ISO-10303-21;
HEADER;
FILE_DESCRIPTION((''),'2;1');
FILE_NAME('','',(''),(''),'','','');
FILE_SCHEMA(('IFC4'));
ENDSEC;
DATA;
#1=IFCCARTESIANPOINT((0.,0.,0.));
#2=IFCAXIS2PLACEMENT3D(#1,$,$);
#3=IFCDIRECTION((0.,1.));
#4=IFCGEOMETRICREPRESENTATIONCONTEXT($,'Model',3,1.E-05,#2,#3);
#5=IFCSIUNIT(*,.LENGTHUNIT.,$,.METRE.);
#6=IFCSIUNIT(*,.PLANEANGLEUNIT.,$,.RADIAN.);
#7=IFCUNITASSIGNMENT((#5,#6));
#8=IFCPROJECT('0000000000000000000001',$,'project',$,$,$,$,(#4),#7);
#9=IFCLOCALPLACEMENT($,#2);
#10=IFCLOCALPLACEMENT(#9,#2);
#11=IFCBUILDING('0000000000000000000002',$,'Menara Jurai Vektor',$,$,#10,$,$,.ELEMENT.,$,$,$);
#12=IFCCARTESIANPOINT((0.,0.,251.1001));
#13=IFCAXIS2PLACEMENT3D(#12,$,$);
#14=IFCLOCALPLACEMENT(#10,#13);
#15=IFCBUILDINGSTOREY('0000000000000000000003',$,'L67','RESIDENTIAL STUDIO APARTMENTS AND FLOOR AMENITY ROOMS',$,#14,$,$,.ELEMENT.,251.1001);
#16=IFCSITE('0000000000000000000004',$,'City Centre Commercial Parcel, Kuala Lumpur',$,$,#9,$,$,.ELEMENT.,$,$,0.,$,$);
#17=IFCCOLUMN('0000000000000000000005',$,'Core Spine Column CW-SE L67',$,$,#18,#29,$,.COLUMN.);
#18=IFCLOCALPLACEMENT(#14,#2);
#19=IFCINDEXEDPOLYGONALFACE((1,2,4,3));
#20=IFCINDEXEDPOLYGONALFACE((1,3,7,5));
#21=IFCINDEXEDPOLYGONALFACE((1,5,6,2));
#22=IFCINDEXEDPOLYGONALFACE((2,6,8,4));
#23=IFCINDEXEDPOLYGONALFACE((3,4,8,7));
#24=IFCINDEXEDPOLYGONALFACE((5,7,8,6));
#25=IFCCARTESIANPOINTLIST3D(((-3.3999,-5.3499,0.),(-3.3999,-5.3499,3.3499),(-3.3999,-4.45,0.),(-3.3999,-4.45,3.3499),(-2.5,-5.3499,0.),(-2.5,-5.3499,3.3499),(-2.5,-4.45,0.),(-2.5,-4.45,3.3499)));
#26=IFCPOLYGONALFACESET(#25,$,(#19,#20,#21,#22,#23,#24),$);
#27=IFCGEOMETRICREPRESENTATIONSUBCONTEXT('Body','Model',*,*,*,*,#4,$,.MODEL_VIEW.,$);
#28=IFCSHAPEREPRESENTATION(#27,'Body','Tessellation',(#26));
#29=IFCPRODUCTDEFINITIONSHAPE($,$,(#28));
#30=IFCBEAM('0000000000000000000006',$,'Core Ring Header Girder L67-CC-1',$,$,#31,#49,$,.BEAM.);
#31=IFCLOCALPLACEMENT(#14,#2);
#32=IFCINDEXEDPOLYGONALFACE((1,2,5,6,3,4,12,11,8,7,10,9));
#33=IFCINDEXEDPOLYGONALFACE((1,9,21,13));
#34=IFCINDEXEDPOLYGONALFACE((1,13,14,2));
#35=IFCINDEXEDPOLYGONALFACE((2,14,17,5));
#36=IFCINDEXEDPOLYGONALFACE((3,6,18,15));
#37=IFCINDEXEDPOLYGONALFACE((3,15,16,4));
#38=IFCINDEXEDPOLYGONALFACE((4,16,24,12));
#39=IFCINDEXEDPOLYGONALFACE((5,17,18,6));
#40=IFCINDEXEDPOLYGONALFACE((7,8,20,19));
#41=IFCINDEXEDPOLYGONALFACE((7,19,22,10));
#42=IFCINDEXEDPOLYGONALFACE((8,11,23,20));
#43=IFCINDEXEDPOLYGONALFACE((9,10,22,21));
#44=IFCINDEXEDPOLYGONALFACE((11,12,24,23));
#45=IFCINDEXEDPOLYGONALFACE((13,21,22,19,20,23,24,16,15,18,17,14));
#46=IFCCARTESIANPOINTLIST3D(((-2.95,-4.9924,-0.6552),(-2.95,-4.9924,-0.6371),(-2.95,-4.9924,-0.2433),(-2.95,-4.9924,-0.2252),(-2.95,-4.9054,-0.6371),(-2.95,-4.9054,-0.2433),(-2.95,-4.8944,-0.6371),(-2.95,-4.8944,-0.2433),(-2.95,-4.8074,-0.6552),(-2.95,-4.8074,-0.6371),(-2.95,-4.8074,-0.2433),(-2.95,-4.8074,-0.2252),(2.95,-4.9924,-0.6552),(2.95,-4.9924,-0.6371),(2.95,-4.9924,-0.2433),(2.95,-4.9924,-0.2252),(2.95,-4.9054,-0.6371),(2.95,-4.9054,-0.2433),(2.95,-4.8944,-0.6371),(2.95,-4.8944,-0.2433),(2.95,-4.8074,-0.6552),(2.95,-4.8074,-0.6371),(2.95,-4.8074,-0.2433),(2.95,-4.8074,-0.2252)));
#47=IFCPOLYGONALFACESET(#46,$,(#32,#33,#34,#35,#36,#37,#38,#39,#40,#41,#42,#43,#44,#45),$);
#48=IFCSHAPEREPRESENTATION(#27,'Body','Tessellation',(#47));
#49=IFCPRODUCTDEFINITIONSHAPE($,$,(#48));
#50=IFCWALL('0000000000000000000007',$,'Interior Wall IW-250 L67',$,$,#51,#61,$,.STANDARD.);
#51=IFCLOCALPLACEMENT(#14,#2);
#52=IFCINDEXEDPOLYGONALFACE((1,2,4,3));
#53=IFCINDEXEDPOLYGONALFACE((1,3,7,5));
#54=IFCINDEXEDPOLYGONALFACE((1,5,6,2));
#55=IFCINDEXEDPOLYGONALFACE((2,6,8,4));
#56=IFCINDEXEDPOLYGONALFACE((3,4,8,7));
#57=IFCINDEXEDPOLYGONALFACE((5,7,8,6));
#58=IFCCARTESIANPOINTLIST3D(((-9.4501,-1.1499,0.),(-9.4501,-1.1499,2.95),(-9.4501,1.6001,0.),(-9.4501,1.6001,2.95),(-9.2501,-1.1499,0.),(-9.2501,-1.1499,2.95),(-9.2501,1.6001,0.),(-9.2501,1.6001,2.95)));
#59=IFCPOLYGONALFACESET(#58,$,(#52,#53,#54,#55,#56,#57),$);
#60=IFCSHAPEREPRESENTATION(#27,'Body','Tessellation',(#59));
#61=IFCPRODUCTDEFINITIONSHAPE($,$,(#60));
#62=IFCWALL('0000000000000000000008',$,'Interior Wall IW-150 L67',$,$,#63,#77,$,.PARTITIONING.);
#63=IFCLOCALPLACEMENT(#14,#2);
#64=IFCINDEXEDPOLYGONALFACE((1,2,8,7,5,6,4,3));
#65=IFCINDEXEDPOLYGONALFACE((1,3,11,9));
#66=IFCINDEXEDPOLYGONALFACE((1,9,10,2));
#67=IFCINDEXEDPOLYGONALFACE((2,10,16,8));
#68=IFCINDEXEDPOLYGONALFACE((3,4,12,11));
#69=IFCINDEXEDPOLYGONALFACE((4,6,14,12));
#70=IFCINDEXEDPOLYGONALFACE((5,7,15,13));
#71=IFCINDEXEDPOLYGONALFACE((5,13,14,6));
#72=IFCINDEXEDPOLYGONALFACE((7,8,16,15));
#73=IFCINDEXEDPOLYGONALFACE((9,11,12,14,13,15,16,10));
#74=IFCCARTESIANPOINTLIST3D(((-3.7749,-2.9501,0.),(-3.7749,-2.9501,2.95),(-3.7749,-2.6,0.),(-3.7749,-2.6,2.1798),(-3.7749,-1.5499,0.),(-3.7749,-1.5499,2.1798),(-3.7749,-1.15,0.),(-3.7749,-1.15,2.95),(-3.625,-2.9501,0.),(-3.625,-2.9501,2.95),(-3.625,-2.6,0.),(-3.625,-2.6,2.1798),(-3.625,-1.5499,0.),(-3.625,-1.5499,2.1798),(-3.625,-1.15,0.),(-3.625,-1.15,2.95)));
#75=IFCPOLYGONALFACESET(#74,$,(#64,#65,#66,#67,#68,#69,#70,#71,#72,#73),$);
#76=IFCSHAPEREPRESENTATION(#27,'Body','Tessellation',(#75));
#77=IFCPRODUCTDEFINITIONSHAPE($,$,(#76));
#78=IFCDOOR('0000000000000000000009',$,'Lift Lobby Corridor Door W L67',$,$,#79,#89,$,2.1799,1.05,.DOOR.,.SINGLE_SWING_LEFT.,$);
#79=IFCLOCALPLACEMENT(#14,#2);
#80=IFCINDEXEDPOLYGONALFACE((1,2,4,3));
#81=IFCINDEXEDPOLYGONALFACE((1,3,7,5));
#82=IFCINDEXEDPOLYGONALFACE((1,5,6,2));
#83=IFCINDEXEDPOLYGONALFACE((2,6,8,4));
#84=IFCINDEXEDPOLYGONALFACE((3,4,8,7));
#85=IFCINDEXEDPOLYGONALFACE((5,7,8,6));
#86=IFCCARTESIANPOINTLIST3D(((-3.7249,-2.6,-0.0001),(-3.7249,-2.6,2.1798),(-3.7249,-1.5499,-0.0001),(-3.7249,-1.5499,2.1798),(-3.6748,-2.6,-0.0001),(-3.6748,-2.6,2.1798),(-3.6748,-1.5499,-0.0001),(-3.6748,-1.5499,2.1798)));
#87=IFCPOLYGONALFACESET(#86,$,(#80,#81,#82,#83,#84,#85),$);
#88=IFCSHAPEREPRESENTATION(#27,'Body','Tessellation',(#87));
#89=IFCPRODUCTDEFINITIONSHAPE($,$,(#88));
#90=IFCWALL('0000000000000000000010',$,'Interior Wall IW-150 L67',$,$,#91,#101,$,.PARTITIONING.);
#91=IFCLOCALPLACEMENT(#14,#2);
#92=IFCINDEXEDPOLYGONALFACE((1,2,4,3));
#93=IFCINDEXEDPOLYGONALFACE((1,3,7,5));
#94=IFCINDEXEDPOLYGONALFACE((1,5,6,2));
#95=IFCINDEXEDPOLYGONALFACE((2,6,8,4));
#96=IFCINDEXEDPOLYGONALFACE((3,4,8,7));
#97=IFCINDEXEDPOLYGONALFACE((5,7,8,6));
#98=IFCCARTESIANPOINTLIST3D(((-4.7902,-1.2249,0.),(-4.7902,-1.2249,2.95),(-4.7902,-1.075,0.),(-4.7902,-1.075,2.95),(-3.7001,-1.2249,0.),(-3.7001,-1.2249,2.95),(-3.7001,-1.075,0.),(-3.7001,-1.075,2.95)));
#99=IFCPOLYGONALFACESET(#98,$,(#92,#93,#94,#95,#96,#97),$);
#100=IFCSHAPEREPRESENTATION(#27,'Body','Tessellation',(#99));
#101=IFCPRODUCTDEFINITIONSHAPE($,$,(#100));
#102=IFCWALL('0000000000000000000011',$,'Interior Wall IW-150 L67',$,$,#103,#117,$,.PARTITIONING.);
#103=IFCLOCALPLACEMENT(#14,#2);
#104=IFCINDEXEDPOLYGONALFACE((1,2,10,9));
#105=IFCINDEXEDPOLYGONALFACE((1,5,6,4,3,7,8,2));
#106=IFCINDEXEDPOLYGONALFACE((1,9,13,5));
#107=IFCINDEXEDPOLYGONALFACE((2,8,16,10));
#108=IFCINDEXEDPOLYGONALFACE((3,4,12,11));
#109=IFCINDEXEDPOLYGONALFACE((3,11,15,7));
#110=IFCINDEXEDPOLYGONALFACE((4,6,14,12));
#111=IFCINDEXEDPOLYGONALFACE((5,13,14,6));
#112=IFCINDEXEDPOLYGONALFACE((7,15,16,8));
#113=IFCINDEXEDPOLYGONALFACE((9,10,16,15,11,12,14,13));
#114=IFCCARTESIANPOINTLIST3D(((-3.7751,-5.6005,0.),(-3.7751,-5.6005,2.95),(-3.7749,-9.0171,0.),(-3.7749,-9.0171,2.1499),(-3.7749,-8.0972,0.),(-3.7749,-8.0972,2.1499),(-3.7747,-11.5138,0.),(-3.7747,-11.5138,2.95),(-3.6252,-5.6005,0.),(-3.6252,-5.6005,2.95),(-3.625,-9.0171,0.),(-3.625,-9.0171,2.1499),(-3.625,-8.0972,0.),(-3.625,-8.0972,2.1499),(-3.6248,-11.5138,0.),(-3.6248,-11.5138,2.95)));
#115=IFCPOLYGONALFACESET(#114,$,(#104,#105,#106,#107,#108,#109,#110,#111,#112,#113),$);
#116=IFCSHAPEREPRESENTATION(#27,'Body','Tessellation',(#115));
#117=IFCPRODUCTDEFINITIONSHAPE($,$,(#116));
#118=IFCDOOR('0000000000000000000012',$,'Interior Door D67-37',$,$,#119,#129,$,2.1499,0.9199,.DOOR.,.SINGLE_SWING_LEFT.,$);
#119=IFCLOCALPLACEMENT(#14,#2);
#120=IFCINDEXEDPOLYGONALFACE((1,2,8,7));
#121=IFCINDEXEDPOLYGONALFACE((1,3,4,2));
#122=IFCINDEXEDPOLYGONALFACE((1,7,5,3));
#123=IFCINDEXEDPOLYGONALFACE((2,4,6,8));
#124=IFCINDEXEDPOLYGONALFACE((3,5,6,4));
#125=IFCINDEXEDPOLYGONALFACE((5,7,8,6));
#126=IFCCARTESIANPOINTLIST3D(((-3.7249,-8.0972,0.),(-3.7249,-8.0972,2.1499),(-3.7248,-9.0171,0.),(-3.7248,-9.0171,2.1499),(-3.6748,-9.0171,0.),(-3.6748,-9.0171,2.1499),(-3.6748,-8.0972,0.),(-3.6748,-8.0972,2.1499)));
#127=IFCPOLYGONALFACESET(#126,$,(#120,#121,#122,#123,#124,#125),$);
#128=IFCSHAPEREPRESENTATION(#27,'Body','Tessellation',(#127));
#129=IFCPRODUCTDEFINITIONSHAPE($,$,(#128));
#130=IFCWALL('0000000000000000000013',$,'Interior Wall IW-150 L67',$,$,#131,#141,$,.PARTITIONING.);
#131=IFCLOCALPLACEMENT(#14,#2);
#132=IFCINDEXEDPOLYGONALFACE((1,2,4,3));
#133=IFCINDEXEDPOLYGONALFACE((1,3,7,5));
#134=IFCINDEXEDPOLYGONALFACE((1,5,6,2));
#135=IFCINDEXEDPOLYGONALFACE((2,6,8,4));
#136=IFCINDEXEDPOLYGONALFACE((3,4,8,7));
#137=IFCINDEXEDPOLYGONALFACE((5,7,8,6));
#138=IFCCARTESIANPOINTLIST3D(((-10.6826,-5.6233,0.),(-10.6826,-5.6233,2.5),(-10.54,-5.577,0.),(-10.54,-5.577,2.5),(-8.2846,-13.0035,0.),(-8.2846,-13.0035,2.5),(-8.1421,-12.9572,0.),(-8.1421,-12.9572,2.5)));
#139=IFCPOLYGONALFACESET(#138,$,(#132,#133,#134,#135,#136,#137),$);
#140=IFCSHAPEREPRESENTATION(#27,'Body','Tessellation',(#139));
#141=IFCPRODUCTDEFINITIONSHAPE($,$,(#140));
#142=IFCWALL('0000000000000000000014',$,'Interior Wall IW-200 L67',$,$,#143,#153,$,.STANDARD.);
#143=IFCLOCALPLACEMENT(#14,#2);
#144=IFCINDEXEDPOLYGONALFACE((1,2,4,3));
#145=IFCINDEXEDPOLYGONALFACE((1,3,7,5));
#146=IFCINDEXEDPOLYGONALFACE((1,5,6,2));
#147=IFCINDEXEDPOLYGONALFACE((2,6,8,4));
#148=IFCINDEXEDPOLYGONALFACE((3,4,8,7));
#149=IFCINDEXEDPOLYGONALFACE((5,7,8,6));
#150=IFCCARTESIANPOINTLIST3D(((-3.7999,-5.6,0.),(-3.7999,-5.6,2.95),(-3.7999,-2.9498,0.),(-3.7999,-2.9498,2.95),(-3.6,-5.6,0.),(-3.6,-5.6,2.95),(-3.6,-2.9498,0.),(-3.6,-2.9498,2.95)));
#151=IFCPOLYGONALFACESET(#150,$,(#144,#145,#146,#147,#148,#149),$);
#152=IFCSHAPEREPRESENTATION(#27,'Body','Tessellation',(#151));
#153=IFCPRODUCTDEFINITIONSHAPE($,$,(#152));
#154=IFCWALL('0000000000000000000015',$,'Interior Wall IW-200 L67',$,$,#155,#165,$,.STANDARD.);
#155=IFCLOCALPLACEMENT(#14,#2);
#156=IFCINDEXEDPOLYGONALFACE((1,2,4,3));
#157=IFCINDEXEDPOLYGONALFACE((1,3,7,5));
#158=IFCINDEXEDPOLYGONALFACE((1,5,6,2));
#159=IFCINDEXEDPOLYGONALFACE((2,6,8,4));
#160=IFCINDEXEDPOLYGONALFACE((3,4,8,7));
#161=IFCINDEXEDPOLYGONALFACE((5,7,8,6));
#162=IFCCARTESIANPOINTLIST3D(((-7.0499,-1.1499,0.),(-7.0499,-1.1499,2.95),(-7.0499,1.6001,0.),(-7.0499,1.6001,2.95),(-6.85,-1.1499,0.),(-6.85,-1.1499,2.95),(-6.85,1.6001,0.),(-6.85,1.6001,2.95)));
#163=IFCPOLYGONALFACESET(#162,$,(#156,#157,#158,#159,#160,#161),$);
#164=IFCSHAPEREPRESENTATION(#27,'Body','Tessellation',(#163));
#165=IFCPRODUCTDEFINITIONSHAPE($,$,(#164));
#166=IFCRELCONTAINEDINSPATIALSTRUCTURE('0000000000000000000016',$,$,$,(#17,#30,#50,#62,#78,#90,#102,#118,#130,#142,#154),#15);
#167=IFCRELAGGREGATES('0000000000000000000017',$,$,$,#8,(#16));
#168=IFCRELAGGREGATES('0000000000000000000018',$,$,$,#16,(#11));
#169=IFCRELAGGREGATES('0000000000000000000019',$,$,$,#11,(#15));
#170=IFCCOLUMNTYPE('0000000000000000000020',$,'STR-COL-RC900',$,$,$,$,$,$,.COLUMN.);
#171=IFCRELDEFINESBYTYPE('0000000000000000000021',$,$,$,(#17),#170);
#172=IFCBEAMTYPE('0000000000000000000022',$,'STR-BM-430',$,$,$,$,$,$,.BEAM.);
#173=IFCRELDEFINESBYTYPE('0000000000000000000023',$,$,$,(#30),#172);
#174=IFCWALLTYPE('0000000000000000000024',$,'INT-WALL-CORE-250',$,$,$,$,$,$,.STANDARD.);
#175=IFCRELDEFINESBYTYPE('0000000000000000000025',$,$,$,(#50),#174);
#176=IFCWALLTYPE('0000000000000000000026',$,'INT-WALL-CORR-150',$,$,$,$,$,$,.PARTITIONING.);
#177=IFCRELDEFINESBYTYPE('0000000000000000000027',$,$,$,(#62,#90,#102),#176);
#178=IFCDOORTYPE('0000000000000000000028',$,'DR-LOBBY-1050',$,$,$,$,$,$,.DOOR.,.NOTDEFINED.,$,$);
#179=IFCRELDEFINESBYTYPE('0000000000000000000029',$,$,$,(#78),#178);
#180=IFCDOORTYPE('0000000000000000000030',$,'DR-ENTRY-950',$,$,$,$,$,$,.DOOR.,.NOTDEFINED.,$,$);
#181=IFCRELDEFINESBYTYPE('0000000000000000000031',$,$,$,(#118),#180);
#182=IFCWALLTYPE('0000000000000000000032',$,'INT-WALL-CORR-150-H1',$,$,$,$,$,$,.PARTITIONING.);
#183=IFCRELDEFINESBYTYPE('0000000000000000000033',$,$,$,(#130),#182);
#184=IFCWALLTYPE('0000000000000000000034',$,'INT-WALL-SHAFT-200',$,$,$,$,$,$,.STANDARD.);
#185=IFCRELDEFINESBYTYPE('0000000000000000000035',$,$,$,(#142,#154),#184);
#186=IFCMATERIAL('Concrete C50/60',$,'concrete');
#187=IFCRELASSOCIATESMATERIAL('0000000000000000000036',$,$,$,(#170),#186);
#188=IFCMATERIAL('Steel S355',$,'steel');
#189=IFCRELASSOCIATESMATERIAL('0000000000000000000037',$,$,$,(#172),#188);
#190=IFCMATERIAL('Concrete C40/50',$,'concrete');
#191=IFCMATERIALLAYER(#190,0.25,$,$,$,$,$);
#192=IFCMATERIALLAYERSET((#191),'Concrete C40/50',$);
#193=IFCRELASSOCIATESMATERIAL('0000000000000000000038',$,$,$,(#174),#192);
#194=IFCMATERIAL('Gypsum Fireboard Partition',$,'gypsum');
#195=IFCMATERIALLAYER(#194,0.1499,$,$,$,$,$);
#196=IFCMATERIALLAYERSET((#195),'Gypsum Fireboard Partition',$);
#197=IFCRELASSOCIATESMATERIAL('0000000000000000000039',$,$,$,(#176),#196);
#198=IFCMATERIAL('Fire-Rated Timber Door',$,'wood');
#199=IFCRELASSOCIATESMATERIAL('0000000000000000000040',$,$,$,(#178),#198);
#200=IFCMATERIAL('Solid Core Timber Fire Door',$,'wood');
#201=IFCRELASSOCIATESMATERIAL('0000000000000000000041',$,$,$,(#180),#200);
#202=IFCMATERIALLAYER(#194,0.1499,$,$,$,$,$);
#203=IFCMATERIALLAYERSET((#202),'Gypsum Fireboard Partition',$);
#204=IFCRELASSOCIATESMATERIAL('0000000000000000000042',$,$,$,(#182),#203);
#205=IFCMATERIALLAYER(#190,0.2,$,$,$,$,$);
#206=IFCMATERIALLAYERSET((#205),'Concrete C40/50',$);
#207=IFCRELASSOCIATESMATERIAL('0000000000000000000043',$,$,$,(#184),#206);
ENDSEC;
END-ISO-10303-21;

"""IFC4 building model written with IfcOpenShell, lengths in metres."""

from ifc_helpers import new_model, si_unit, direction, frame, frame_2d, origin, origin_2d, place, context, subcontext, project, spatial, rectangle, i_section, extrude, material, layer, layer_set, material_profile, profile_set, type_object, element, fill, save


model = new_model("IFC4")

# Units and contexts
model_context = context("Model", 3, precision=1e-05, world=origin(), true_north=direction((0.0, 1.0)))
body_context = subcontext(model_context, "Body", "Model", "MODEL_VIEW")
ifc_project = project(units=[si_unit("LENGTHUNIT", "METRE"), si_unit("PLANEANGLEUNIT", "RADIAN")], contexts=[model_context])

# Site, building, storey
site_placement = place(None, origin())
site = spatial("IfcSite", under=ifc_project, at=site_placement, Name="City Centre Commercial Parcel, Kuala Lumpur", CompositionType="ELEMENT", RefElevation=0.0)
building_placement = place(site_placement, origin())
building = spatial("IfcBuilding", under=site, at=building_placement, Name="Menara Jurai Vektor", CompositionType="ELEMENT")
storey_placement = place(building_placement, frame((0.0, 0.0, 251.1001)))
storey = spatial("IfcBuildingStorey", under=building, at=storey_placement, Name="L67", Description="RESIDENTIAL STUDIO APARTMENTS AND FLOOR AMENITY ROOMS", CompositionType="ELEMENT", Elevation=251.1001)

# Column
ifc_material_1 = material(Name="Concrete C50/60", Category="concrete")
ifc_material_profile_1 = material_profile(ifc_material_1, rectangle(XDim=0.8999, YDim=0.8999, at=origin_2d()), Name="RC 900x900")
ifc_profile_set_1 = profile_set([ifc_material_profile_1], Name="Concrete C50/60")
column_type = type_object("IfcColumnType", Name="STR-COL-RC900", PredefinedType="COLUMN", material=ifc_profile_set_1)
column_placement = place(storey_placement, frame((-2.95, -4.8999, 0.0), z_axis=(0.0, 0.0, 1.0), x_axis=(1.0, 0.0, 0.0)))
element("IfcColumn", 1, at=column_placement, inside=storey, type_object=column_type, Name="Core Spine Column CW-SE L67", PredefinedType="COLUMN", context=body_context, shape_type="SweptSolid", body=[
    extrude(rectangle(XDim=0.8999, YDim=0.8999, at=origin_2d()), origin(), (0.0, 0.0, 1.0), 3.3499),
])

# Beam
ifc_material_2 = material(Name="Steel S355", Category="steel")
ifc_material_profile_2 = material_profile(ifc_material_2, i_section(OverallWidth=0.1851, OverallDepth=0.4299, WebThickness=0.011, FlangeThickness=0.0181, at=origin_2d()), Name="PG 430x185x76")
ifc_profile_set_2 = profile_set([ifc_material_profile_2], Name="Steel S355")
beam_type = type_object("IfcBeamType", Name="STR-BM-430", PredefinedType="BEAM", material=ifc_profile_set_2)
beam_placement = place(storey_placement, frame((-2.95, -4.8999, -0.4402), z_axis=(1.0, 0.0, 0.0), x_axis=(0.0, 1.0, 0.0)))
element("IfcBeam", 2, at=beam_placement, inside=storey, type_object=beam_type, Name="Core Ring Header Girder L67-CC-1", PredefinedType="BEAM", context=body_context, shape_type="SweptSolid", body=[
    extrude(i_section(OverallWidth=0.1851, OverallDepth=0.4299, WebThickness=0.011, FlangeThickness=0.0181, at=origin_2d()), origin(), (0.0, 0.0, 1.0), 5.8999),
])

# Wall
ifc_material_3 = material(Name="Concrete C40/50", Category="concrete")
ifc_layer_1 = layer(ifc_material_3, 0.25)
ifc_layer_set_1 = layer_set([ifc_layer_1], Name="Concrete C40/50")
wall_type_1 = type_object("IfcWallType", Name="INT-WALL-CORE-250", PredefinedType="STANDARD", material=ifc_layer_set_1)
wall_1_placement = place(storey_placement, frame((-9.3501, -1.1499, 0.0), z_axis=(0.0, 0.0, 1.0), x_axis=(0.0, 1.0, 0.0)))
element("IfcWall", 3, at=wall_1_placement, inside=storey, type_object=wall_type_1, Name="Interior Wall IW-250 L67", PredefinedType="STANDARD", context=body_context, shape_type="SweptSolid", body=[
    extrude(rectangle(XDim=2.75, YDim=0.2, at=frame_2d((1.375, 0.0))), origin(), (0.0, 0.0, 1.0), 2.95),
])

# Wall, opening, door
ifc_material_4 = material(Name="Gypsum Fireboard Partition", Category="gypsum")
ifc_layer_2 = layer(ifc_material_4, 0.1499)
ifc_layer_set_2 = layer_set([ifc_layer_2], Name="Gypsum Fireboard Partition")
wall_type_2 = type_object("IfcWallType", Name="INT-WALL-CORR-150", PredefinedType="PARTITIONING", material=ifc_layer_set_2)
wall_2_placement = place(storey_placement, frame((-3.7, -2.95, 0.0), z_axis=(0.0, 0.0, 1.0), x_axis=(0.0, 1.0, 0.0)))
wall_2 = element("IfcWall", 4, at=wall_2_placement, inside=storey, type_object=wall_type_2, Name="Interior Wall IW-150 L67", PredefinedType="PARTITIONING", context=body_context, shape_type="SweptSolid", body=[
    extrude(rectangle(XDim=1.8, YDim=0.1499, at=frame_2d((0.8999, 0.0))), origin(), (0.0, 0.0, 1.0), 2.95),
])
opening_1_placement = place(wall_2_placement, frame((0.3501, 0.0, 0.0)))
opening_1 = element("IfcOpeningElement", 5, at=opening_1_placement, cuts=wall_2, PredefinedType="OPENING", context=body_context, shape_type="SweptSolid", body=[
    extrude(rectangle(XDim=1.05, YDim=2.1799, at=frame_2d((0.5249, 1.0898))), frame((0.0, 0.085, 0.0), z_axis=(0.0, -1.0, 0.0), x_axis=(1.0, 0.0, 0.0)), (0.0, 0.0, 1.0), 0.1699),
])
ifc_material_5 = material(Name="Fire-Rated Timber Door", Category="wood")
door_type_1 = type_object("IfcDoorType", Name="DR-LOBBY-1050", OperationType="NOTDEFINED", PredefinedType="DOOR", material=ifc_material_5)
door_1_placement = place(opening_1_placement, origin())
door_1 = element("IfcDoor", 6, at=door_1_placement, inside=storey, type_object=door_type_1, Name="Lift Lobby Corridor Door W L67", OperationType="SINGLE_SWING_LEFT", OverallHeight=2.1799, OverallWidth=1.05, PredefinedType="DOOR", context=body_context, shape_type="SweptSolid", body=[
    extrude(rectangle(XDim=1.05, YDim=2.1799, at=frame_2d((0.5249, 1.0898))), frame((0.0, 0.0249, 0.0), z_axis=(0.0, -1.0, 0.0), x_axis=(1.0, 0.0, 0.0)), (0.0, 0.0, 1.0), 0.05),
])
fill(opening_1, door_1)

# Wall
wall_3_placement = place(storey_placement, frame((-4.79, -1.1499, 0.0), z_axis=(0.0, 0.0, 1.0), x_axis=(1.0, 0.0, 0.0)))
element("IfcWall", 7, at=wall_3_placement, inside=storey, type_object=wall_type_2, Name="Interior Wall IW-150 L67", PredefinedType="PARTITIONING", context=body_context, shape_type="SweptSolid", body=[
    extrude(rectangle(XDim=1.0901, YDim=0.1499, at=frame_2d((0.5449, 0.0))), origin(), (0.0, 0.0, 1.0), 2.95),
])

# Wall, opening, door
wall_4_placement = place(storey_placement, frame((-3.6997, -11.5137, 0.0), z_axis=(0.0, 0.0, 1.0), x_axis=(-0.000083, 1.0, 0.0)))
wall_4 = element("IfcWall", 8, at=wall_4_placement, inside=storey, type_object=wall_type_2, Name="Interior Wall IW-150 L67", PredefinedType="PARTITIONING", context=body_context, shape_type="SweptSolid", body=[
    extrude(rectangle(XDim=5.9133, YDim=0.1499, at=frame_2d((2.9565, 0.0))), origin(), (0.0, 0.0, 1.0), 2.95),
])
opening_2_placement = place(wall_4_placement, frame((2.4966, 0.0, 0.0)))
opening_2 = element("IfcOpeningElement", 9, at=opening_2_placement, cuts=wall_4, PredefinedType="OPENING", context=body_context, shape_type="SweptSolid", body=[
    extrude(rectangle(XDim=0.9199, YDim=2.1499, at=frame_2d((0.46, 1.075))), frame((0.0, 0.085, 0.0), z_axis=(0.0, -1.0, 0.0), x_axis=(1.0, 0.0, 0.0)), (0.0, 0.0, 1.0), 0.1699),
])
ifc_material_6 = material(Name="Solid Core Timber Fire Door", Category="wood")
door_type_2 = type_object("IfcDoorType", Name="DR-ENTRY-950", OperationType="NOTDEFINED", PredefinedType="DOOR", material=ifc_material_6)
door_2_placement = place(opening_2_placement, origin())
door_2 = element("IfcDoor", 10, at=door_2_placement, inside=storey, type_object=door_type_2, Name="Interior Door D67-37", OperationType="SINGLE_SWING_LEFT", OverallHeight=2.1499, OverallWidth=0.9199, PredefinedType="DOOR", context=body_context, shape_type="SweptSolid", body=[
    extrude(rectangle(XDim=0.9199, YDim=2.1499, at=frame_2d((0.46, 1.075))), frame((0.0, 0.0249, 0.0), z_axis=(0.0, -1.0, 0.0), x_axis=(1.0, 0.0, 0.0)), (0.0, 0.0, 1.0), 0.05),
])
fill(opening_2, door_2)

# Wall
ifc_layer_3 = layer(ifc_material_4, 0.1499)
ifc_layer_set_3 = layer_set([ifc_layer_3], Name="Gypsum Fireboard Partition")
wall_type_3 = type_object("IfcWallType", Name="INT-WALL-CORR-150-H1", PredefinedType="PARTITIONING", material=ifc_layer_set_3)
wall_5_placement = place(storey_placement, frame((-8.2134, -12.9802, 0.0), z_axis=(0.0, 0.0, 1.0), x_axis=(-0.309017, 0.951056, 0.0)))
element("IfcWall", 11, at=wall_5_placement, inside=storey, type_object=wall_type_3, Name="Interior Wall IW-150 L67", PredefinedType="PARTITIONING", context=body_context, shape_type="SweptSolid", body=[
    extrude(rectangle(XDim=7.76, YDim=0.1499, at=frame_2d((3.8799, 0.0))), origin(), (0.0, 0.0, 1.0), 2.5),
])

# Shared definitions
ifc_layer_4 = layer(ifc_material_3, 0.2)
ifc_layer_set_4 = layer_set([ifc_layer_4], Name="Concrete C40/50")
wall_type_4 = type_object("IfcWallType", Name="INT-WALL-SHAFT-200", PredefinedType="STANDARD", material=ifc_layer_set_4)

# Walls
wall_6_placement = place(storey_placement, frame((-3.7, -5.6001, 0.0), z_axis=(0.0, 0.0, 1.0), x_axis=(0.0, 1.0, 0.0)))
element("IfcWall", 12, at=wall_6_placement, inside=storey, type_object=wall_type_4, Name="Interior Wall IW-200 L67", PredefinedType="STANDARD", context=body_context, shape_type="SweptSolid", body=[
    extrude(rectangle(XDim=2.6501, YDim=0.2, at=frame_2d((1.3252, 0.0))), origin(), (0.0, 0.0, 1.0), 2.95),
])
wall_7_placement = place(storey_placement, frame((-6.95, -1.1499, 0.0), z_axis=(0.0, 0.0, 1.0), x_axis=(0.0, 1.0, 0.0)))
element("IfcWall", 13, at=wall_7_placement, inside=storey, type_object=wall_type_4, Name="Interior Wall IW-200 L67", PredefinedType="STANDARD", context=body_context, shape_type="SweptSolid", body=[
    extrude(rectangle(XDim=2.75, YDim=0.2, at=frame_2d((1.375, 0.0))), origin(), (0.0, 0.0, 1.0), 2.95),
])

save(model, "model.ifc")
